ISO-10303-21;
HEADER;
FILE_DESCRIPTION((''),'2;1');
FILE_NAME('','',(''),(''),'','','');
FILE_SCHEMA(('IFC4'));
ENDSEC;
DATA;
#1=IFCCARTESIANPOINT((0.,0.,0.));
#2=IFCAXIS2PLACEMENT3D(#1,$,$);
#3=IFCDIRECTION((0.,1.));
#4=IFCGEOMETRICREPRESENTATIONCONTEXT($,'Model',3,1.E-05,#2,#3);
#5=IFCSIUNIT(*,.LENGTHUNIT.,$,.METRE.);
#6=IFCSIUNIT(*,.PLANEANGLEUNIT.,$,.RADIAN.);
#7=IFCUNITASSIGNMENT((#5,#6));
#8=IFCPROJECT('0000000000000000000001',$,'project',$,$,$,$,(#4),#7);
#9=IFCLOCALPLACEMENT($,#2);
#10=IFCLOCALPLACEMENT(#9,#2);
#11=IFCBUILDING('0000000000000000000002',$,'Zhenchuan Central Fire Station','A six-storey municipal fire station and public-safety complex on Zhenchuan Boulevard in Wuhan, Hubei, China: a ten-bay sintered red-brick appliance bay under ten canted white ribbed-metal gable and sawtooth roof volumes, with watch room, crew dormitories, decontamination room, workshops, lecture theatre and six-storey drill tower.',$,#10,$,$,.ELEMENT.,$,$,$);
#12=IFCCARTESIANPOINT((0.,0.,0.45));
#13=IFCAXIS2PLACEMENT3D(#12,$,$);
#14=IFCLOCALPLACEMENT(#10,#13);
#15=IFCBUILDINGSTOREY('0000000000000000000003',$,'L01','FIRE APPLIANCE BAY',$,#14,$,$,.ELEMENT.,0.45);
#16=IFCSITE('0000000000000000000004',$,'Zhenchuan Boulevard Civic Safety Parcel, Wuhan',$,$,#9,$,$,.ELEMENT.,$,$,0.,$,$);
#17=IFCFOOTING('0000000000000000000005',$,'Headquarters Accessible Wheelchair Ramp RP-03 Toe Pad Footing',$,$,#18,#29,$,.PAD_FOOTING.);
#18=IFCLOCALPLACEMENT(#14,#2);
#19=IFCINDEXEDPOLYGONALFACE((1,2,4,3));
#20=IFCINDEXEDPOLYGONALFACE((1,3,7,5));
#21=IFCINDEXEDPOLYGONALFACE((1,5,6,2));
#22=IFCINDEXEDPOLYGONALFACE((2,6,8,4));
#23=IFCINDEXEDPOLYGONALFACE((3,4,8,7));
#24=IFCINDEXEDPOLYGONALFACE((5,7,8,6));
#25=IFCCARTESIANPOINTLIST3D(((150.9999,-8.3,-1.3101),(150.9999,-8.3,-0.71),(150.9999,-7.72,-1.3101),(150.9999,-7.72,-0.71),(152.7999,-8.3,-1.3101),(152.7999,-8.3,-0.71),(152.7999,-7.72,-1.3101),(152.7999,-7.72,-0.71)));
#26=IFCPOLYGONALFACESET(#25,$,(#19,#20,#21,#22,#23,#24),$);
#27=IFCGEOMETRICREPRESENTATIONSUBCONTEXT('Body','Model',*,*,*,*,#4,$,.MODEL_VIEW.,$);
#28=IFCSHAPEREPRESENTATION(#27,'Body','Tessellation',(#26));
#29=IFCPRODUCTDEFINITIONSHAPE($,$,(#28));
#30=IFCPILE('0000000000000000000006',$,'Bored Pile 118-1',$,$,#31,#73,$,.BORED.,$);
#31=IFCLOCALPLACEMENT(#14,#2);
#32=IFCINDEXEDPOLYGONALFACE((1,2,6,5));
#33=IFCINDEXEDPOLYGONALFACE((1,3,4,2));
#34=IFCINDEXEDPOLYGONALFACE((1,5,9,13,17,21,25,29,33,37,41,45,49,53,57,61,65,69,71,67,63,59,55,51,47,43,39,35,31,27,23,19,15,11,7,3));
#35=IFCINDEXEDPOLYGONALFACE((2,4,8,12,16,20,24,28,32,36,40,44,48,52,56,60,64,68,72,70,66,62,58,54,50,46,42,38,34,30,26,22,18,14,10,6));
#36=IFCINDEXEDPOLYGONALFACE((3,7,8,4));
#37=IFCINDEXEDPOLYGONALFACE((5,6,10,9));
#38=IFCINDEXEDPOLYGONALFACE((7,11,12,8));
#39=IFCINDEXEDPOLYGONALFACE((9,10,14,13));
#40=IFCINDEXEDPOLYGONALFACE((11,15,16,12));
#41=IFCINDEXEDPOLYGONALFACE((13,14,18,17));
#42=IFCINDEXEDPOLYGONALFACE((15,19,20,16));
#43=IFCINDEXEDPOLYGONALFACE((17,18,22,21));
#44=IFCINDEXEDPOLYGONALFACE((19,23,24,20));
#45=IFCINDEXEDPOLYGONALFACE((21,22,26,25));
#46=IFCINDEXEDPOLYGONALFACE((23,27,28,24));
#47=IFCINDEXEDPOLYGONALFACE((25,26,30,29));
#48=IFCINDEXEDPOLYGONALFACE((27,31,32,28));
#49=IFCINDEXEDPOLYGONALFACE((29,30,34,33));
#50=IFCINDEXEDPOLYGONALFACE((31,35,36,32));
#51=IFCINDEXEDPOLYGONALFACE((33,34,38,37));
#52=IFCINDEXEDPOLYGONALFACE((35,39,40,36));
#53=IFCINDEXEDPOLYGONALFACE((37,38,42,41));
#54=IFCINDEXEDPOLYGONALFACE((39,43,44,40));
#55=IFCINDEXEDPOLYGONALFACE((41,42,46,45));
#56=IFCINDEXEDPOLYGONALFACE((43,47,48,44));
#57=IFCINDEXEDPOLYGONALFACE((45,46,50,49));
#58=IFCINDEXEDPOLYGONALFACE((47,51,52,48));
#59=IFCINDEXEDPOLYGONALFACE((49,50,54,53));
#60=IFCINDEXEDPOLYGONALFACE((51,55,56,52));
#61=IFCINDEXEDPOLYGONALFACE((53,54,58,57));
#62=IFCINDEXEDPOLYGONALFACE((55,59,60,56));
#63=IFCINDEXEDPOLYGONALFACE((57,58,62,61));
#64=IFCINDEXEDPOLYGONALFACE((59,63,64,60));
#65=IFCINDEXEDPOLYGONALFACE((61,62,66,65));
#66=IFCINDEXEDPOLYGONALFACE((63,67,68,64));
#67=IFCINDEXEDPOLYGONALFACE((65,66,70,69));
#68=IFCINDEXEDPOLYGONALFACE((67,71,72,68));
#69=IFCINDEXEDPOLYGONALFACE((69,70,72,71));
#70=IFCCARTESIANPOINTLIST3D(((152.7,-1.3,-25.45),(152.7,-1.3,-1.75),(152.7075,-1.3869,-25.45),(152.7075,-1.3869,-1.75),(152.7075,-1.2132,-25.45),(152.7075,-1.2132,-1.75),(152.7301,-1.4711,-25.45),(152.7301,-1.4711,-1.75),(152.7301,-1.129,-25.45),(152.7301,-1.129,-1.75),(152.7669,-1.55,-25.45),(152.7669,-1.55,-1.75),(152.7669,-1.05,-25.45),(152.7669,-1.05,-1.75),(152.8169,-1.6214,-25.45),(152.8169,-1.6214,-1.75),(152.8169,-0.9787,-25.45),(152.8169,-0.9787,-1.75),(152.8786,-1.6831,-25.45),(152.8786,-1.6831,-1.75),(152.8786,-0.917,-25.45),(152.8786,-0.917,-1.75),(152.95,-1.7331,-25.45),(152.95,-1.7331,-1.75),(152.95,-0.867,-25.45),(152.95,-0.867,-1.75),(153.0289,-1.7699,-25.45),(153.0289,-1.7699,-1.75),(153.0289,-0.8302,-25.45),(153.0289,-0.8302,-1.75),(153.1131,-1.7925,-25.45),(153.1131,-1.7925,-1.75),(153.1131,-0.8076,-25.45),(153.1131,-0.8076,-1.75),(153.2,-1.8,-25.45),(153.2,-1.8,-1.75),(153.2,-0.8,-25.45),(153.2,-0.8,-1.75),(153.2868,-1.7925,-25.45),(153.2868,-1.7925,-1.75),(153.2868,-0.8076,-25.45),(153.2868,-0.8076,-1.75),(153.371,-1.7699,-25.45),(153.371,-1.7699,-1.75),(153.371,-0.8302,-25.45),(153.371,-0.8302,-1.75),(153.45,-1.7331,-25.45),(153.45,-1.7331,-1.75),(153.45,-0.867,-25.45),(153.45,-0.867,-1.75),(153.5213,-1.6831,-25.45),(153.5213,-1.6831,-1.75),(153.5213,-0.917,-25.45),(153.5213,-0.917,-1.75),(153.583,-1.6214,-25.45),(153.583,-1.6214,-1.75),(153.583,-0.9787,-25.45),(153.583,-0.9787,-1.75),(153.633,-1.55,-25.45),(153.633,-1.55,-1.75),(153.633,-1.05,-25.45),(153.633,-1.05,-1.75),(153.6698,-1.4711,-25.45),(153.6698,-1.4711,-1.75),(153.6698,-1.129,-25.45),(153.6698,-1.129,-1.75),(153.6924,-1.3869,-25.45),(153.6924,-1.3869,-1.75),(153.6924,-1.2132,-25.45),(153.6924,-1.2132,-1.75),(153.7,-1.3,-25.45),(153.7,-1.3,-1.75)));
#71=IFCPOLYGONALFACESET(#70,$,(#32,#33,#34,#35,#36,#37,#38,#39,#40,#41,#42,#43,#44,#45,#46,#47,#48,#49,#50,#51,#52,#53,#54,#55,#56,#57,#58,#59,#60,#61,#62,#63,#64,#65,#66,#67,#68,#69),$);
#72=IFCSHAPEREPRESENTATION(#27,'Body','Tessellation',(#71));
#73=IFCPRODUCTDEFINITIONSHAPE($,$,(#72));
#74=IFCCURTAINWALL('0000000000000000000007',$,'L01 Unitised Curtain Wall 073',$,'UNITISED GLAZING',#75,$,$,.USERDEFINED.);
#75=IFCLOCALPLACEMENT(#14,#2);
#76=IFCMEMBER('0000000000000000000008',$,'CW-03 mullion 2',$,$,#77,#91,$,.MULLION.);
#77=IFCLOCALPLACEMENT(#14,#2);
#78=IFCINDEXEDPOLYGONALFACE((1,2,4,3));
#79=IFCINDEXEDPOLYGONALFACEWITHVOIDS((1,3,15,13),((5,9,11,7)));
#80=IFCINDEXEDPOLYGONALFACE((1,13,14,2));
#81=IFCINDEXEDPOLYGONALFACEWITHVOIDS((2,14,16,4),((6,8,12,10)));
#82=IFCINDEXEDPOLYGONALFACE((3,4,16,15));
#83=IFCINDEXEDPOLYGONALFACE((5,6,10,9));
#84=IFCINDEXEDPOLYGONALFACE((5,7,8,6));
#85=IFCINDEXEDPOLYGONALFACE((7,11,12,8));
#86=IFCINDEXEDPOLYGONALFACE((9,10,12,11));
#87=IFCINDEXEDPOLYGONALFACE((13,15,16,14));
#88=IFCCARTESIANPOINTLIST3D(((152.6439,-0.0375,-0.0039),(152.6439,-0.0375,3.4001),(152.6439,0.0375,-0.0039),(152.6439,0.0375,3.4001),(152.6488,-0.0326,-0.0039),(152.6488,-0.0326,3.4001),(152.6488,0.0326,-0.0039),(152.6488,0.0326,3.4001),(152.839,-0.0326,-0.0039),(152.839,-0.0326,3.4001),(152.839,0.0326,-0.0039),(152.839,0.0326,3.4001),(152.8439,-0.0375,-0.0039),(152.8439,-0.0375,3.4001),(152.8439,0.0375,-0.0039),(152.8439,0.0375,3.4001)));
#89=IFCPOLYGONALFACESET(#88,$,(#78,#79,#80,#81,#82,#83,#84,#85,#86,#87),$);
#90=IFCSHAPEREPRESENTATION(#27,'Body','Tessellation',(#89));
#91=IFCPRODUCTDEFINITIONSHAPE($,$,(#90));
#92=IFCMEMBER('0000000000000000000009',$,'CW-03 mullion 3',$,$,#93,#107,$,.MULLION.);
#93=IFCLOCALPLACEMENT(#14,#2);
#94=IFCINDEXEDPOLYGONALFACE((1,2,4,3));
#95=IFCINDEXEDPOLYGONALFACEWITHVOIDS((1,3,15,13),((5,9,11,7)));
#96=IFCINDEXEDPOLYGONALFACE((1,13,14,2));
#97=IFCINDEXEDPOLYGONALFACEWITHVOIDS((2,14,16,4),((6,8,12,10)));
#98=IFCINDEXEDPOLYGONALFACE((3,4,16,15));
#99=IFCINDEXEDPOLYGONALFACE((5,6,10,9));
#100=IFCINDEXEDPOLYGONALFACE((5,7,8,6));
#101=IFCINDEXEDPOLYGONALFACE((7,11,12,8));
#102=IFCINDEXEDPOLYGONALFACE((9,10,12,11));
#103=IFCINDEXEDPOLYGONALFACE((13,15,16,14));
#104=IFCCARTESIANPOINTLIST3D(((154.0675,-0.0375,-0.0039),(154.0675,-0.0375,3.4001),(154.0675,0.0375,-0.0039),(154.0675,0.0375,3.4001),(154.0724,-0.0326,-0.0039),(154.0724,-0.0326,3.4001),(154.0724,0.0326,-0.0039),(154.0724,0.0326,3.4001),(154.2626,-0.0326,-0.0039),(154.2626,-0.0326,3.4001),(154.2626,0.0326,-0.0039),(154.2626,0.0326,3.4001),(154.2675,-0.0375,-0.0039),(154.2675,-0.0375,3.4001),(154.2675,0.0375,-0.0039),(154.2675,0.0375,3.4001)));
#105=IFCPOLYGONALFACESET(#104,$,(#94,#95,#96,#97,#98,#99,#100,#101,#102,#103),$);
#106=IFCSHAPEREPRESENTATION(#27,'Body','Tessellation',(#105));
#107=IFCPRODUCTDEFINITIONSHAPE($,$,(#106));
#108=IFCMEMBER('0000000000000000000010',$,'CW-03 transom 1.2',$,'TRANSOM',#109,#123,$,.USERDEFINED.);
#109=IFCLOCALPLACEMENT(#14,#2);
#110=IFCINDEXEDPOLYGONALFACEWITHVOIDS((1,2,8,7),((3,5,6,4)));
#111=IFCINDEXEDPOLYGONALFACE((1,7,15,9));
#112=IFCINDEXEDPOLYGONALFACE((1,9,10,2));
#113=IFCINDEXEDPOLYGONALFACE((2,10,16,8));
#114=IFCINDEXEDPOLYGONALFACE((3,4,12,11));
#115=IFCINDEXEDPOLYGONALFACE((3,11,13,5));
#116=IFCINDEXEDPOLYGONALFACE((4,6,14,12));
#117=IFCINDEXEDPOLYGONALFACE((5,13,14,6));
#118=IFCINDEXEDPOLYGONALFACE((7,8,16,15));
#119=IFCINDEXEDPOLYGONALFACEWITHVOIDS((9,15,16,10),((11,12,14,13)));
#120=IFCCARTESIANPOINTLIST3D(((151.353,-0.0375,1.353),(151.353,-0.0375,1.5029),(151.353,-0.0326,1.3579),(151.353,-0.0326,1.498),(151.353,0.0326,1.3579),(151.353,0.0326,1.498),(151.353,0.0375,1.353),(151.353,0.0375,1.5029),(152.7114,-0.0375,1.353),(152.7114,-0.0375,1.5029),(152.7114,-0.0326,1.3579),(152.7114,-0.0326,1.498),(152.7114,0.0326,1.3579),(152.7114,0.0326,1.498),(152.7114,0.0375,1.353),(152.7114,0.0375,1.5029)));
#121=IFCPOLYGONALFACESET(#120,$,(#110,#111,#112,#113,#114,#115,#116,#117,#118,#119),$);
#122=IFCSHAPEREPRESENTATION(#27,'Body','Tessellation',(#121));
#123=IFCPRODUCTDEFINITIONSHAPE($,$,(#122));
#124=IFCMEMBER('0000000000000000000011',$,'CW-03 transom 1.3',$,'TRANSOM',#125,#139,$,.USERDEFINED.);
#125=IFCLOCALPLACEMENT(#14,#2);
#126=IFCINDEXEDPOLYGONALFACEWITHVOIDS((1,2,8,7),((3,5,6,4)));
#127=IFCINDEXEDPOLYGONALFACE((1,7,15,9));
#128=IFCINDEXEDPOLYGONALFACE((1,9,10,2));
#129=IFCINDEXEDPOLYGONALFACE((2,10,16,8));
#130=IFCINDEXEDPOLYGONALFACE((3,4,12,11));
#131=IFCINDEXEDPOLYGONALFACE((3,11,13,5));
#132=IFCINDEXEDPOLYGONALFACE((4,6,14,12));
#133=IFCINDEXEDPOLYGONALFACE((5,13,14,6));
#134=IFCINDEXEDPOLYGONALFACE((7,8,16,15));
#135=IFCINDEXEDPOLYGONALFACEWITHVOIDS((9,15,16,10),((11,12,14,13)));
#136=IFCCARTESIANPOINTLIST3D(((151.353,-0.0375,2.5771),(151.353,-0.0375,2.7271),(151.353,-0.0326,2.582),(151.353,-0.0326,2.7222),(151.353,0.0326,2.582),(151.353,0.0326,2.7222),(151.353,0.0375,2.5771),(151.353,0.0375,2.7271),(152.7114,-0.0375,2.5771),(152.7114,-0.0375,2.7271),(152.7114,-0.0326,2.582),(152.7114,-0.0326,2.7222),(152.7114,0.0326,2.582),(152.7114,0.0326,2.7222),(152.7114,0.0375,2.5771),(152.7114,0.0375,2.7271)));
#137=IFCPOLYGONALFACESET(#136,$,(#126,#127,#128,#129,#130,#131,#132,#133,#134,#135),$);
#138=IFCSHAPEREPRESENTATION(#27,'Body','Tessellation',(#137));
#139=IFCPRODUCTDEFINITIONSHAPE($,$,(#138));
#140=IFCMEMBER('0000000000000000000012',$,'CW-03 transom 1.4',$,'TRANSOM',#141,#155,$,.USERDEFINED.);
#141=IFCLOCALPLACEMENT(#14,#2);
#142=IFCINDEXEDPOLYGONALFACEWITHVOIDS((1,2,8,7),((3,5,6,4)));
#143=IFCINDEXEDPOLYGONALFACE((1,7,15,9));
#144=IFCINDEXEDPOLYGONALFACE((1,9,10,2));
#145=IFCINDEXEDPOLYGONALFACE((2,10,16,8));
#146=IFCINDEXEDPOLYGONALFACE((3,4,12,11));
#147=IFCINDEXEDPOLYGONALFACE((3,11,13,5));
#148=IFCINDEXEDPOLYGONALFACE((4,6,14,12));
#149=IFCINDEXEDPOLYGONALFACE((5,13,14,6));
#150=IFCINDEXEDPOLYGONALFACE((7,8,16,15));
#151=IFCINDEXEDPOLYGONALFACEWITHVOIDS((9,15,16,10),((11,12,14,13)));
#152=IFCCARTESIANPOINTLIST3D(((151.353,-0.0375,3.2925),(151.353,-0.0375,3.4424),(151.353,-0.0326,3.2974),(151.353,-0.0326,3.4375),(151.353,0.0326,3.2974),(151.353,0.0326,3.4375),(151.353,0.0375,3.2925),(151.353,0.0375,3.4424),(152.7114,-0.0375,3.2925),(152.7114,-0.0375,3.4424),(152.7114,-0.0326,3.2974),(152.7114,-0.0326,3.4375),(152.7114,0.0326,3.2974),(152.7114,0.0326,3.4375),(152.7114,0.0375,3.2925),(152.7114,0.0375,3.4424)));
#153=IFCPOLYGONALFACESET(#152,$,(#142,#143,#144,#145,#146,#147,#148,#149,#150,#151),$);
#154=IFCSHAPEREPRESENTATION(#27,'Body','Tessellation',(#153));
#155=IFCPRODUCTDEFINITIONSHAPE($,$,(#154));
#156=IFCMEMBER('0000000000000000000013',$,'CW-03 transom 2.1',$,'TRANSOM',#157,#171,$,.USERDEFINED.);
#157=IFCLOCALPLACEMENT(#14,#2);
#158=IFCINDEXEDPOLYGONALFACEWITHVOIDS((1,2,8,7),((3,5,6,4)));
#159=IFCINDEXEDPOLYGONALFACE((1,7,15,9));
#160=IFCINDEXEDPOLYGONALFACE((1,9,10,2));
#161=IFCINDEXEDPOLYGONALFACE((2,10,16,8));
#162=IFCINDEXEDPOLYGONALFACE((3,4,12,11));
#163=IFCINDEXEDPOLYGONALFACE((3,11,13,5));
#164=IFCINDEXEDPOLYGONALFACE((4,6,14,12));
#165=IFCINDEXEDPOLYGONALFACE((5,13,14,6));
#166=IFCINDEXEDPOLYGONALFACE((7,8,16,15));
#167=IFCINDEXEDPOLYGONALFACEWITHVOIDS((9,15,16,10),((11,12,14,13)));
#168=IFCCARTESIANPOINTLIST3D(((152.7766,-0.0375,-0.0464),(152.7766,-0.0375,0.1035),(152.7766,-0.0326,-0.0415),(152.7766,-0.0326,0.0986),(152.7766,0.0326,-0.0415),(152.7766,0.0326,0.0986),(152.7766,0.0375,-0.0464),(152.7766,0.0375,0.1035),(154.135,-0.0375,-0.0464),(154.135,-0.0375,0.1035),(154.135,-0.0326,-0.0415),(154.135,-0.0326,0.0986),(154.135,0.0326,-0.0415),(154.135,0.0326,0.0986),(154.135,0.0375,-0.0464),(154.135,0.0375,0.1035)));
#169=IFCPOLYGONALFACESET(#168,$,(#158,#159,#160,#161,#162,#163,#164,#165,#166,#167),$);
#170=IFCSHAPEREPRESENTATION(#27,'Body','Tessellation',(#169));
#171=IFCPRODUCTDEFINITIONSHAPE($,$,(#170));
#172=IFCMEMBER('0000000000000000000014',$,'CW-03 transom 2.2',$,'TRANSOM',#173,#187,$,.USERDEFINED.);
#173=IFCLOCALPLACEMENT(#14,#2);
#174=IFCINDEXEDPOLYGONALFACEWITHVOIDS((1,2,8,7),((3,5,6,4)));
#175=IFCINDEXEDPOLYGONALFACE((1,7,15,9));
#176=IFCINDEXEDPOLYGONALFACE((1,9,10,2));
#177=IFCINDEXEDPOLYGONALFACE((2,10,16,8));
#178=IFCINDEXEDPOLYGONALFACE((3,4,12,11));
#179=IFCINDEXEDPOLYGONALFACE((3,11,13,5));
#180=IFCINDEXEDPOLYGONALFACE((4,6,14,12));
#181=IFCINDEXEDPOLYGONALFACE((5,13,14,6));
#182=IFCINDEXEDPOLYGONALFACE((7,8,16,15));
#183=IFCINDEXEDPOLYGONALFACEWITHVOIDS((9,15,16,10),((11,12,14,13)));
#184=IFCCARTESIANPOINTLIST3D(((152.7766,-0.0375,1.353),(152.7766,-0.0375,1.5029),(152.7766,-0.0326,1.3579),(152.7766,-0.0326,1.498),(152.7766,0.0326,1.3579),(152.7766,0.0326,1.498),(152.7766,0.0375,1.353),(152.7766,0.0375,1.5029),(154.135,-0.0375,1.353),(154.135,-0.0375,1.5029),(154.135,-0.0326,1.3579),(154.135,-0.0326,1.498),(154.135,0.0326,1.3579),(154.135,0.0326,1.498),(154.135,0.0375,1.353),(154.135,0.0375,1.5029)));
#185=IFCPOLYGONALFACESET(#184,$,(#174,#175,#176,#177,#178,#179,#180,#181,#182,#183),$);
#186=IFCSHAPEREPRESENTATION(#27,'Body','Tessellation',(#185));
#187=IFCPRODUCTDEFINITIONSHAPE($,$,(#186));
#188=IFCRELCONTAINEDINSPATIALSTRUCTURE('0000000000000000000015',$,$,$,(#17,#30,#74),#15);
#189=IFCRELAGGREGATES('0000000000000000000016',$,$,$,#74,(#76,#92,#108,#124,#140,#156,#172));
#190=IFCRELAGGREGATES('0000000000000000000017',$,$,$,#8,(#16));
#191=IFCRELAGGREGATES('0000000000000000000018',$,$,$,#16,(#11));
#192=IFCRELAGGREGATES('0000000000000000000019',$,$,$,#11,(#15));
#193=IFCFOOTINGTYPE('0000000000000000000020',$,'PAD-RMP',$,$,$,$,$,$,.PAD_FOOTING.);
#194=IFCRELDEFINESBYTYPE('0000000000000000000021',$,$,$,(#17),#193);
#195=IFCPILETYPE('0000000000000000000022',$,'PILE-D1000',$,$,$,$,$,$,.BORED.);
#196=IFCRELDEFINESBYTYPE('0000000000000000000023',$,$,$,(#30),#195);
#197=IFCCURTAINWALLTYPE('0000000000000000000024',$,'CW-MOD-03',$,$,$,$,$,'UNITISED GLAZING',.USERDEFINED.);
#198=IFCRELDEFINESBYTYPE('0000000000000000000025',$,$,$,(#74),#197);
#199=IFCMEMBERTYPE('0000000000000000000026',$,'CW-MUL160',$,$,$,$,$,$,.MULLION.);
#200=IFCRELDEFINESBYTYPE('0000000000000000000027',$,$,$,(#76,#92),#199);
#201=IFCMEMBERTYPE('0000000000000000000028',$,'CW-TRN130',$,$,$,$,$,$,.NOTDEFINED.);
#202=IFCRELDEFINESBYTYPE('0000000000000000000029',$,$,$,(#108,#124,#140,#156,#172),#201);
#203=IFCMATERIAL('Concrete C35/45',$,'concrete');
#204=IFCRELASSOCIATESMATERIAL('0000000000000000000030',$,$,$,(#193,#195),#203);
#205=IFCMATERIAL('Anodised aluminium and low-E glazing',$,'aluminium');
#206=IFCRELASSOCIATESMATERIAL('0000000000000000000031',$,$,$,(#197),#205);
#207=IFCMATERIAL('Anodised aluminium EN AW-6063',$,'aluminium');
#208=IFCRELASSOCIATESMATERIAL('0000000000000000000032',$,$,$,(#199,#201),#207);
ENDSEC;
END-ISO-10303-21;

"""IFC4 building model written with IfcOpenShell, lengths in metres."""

from ifc_helpers import new_model, si_unit, direction, frame, origin, origin_2d, place, context, subcontext, project, spatial, rectangle, hollow_rectangle, circle, extrude, material, material_profile, profile_set, type_object, element, aggregate, save


model = new_model("IFC4")

# Units and contexts
model_context = context("Model", 3, precision=1e-05, world=origin(), true_north=direction((0.0, 1.0)))
body_context = subcontext(model_context, "Body", "Model", "MODEL_VIEW")
ifc_project = project(units=[si_unit("LENGTHUNIT", "METRE"), si_unit("PLANEANGLEUNIT", "RADIAN")], contexts=[model_context])

# Site, building, storey
site_placement = place(None, origin())
site = spatial("IfcSite", under=ifc_project, at=site_placement, Name="Zhenchuan Boulevard Civic Safety Parcel, Wuhan", CompositionType="ELEMENT", RefElevation=0.0)
building_placement = place(site_placement, origin())
building = spatial("IfcBuilding", under=site, at=building_placement, Name="Zhenchuan Central Fire Station", Description="A six-storey municipal fire station and public-safety complex on Zhenchuan Boulevard in Wuhan, Hubei, China: a ten-bay sintered red-brick appliance bay under ten canted white ribbed-metal gable and sawtooth roof volumes, with watch room, crew dormitories, decontamination room, workshops, lecture theatre and six-storey drill tower.", CompositionType="ELEMENT")
storey_placement = place(building_placement, frame((0.0, 0.0, 0.45)))
storey = spatial("IfcBuildingStorey", under=building, at=storey_placement, Name="L01", Description="FIRE APPLIANCE BAY", CompositionType="ELEMENT", Elevation=0.45)

# Footing
ifc_material_1 = material(Name="Concrete C35/45", Category="concrete")
footing_type = type_object("IfcFootingType", Name="PAD-RMP", PredefinedType="PAD_FOOTING", material=ifc_material_1)
footing_placement = place(storey_placement, frame((151.8999, -8.01, -1.3101), z_axis=(0.0, 0.0, 1.0), x_axis=(1.0, 0.0, 0.0)))
element("IfcFooting", 1, at=footing_placement, inside=storey, type_object=footing_type, Name="Headquarters Accessible Wheelchair Ramp RP-03 Toe Pad Footing", PredefinedType="PAD_FOOTING", context=body_context, shape_type="SweptSolid", body=[
    extrude(rectangle(XDim=1.8, YDim=0.5801, at=origin_2d()), origin(), (0.0, 0.0, 1.0), 0.6001),
])

# Pile
ifc_material_profile_1 = material_profile(ifc_material_1, circle(Radius=0.5, at=origin_2d()), Name="PILE D1000")
ifc_profile_set_1 = profile_set([ifc_material_profile_1], Name="Concrete C35/45")
pile_type = type_object("IfcPileType", Name="PILE-D1000", PredefinedType="BORED", material=ifc_profile_set_1)
pile_placement = place(storey_placement, frame((153.2, -1.3, -1.75), z_axis=(0.0, 0.0, -1.0), x_axis=(1.0, 0.0, 0.0)))
element("IfcPile", 2, at=pile_placement, inside=storey, type_object=pile_type, Name="Bored Pile 118-1", PredefinedType="BORED", context=body_context, shape_type="SweptSolid", body=[
    extrude(circle(Radius=0.5, at=origin_2d()), origin(), (0.0, 0.0, 1.0), 23.7),
])

# Curtain wall, members
ifc_material_2 = material(Name="Anodised aluminium and low-E glazing", Category="aluminium")
curtain_wall_type = type_object("IfcCurtainWallType", Name="CW-MOD-03", ElementType="UNITISED GLAZING", PredefinedType="USERDEFINED", material=ifc_material_2)
curtain_wall_placement = place(storey_placement, origin())
curtain_wall = element("IfcCurtainWall", 3, at=curtain_wall_placement, inside=storey, type_object=curtain_wall_type, Name="L01 Unitised Curtain Wall 073", ObjectType="UNITISED GLAZING", PredefinedType="USERDEFINED")
ifc_material_3 = material(Name="Anodised aluminium EN AW-6063", Category="aluminium")
ifc_material_profile_2 = material_profile(ifc_material_3, hollow_rectangle(XDim=0.075, YDim=0.2, WallThickness=0.0049, at=origin_2d()), Name="ALU-M 200x75")
ifc_profile_set_2 = profile_set([ifc_material_profile_2], Name="Anodised aluminium EN AW-6063")
member_type_1 = type_object("IfcMemberType", Name="CW-MUL160", PredefinedType="MULLION", material=ifc_profile_set_2)
member_1_placement = place(storey_placement, frame((152.7439, 0.0, -0.0039), z_axis=(0.0, 0.0, 1.0), x_axis=(0.0, 1.0, 0.0)))
member_1 = element("IfcMember", 4, at=member_1_placement, type_object=member_type_1, Name="CW-03 mullion 2", PredefinedType="MULLION", context=body_context, shape_type="SweptSolid", body=[
    extrude(hollow_rectangle(XDim=0.075, YDim=0.2, WallThickness=0.0049, at=origin_2d()), origin(), (0.0, 0.0, 1.0), 3.4041),
])
member_2_placement = place(storey_placement, frame((154.1675, 0.0, -0.0039), z_axis=(0.0, 0.0, 1.0), x_axis=(0.0, 1.0, 0.0)))
member_2 = element("IfcMember", 5, at=member_2_placement, type_object=member_type_1, Name="CW-03 mullion 3", PredefinedType="MULLION", context=body_context, shape_type="SweptSolid", body=[
    extrude(hollow_rectangle(XDim=0.075, YDim=0.2, WallThickness=0.0049, at=origin_2d()), origin(), (0.0, 0.0, 1.0), 3.4041),
])
ifc_material_profile_3 = material_profile(ifc_material_3, hollow_rectangle(XDim=0.075, YDim=0.1499, WallThickness=0.0049, at=origin_2d()), Name="ALU-T 150x75")
ifc_profile_set_3 = profile_set([ifc_material_profile_3], Name="Anodised aluminium EN AW-6063")
member_type_2 = type_object("IfcMemberType", Name="CW-TRN130", PredefinedType="NOTDEFINED", material=ifc_profile_set_3)
member_3_placement = place(storey_placement, frame((151.353, 0.0, 1.428), z_axis=(1.0, 0.0, 0.0), x_axis=(0.0, 1.0, 0.0)))
member_3 = element("IfcMember", 6, at=member_3_placement, type_object=member_type_2, Name="CW-03 transom 1.2", ObjectType="TRANSOM", PredefinedType="USERDEFINED", context=body_context, shape_type="SweptSolid", body=[
    extrude(hollow_rectangle(XDim=0.075, YDim=0.1499, WallThickness=0.0049, at=origin_2d()), origin(), (0.0, 0.0, 1.0), 1.3584),
])
member_4_placement = place(storey_placement, frame((151.353, 0.0, 2.6521), z_axis=(1.0, 0.0, 0.0), x_axis=(0.0, 1.0, 0.0)))
member_4 = element("IfcMember", 7, at=member_4_placement, type_object=member_type_2, Name="CW-03 transom 1.3", ObjectType="TRANSOM", PredefinedType="USERDEFINED", context=body_context, shape_type="SweptSolid", body=[
    extrude(hollow_rectangle(XDim=0.075, YDim=0.1499, WallThickness=0.0049, at=origin_2d()), origin(), (0.0, 0.0, 1.0), 1.3584),
])
member_5_placement = place(storey_placement, frame((151.353, 0.0, 3.3674), z_axis=(1.0, 0.0, 0.0), x_axis=(0.0, 1.0, 0.0)))
member_5 = element("IfcMember", 8, at=member_5_placement, type_object=member_type_2, Name="CW-03 transom 1.4", ObjectType="TRANSOM", PredefinedType="USERDEFINED", context=body_context, shape_type="SweptSolid", body=[
    extrude(hollow_rectangle(XDim=0.075, YDim=0.1499, WallThickness=0.0049, at=origin_2d()), origin(), (0.0, 0.0, 1.0), 1.3584),
])
member_6_placement = place(storey_placement, frame((152.7766, 0.0, 0.0286), z_axis=(1.0, 0.0, 0.0), x_axis=(0.0, 1.0, 0.0)))
member_6 = element("IfcMember", 9, at=member_6_placement, type_object=member_type_2, Name="CW-03 transom 2.1", ObjectType="TRANSOM", PredefinedType="USERDEFINED", context=body_context, shape_type="SweptSolid", body=[
    extrude(hollow_rectangle(XDim=0.075, YDim=0.1499, WallThickness=0.0049, at=origin_2d()), origin(), (0.0, 0.0, 1.0), 1.3584),
])
member_7_placement = place(storey_placement, frame((152.7766, 0.0, 1.428), z_axis=(1.0, 0.0, 0.0), x_axis=(0.0, 1.0, 0.0)))
member_7 = element("IfcMember", 10, at=member_7_placement, type_object=member_type_2, Name="CW-03 transom 2.2", ObjectType="TRANSOM", PredefinedType="USERDEFINED", context=body_context, shape_type="SweptSolid", body=[
    extrude(hollow_rectangle(XDim=0.075, YDim=0.1499, WallThickness=0.0049, at=origin_2d()), origin(), (0.0, 0.0, 1.0), 1.3584),
])

aggregate(curtain_wall, [member_1, member_2, member_3, member_4, member_5, member_6, member_7])

save(model, "model.ifc")
